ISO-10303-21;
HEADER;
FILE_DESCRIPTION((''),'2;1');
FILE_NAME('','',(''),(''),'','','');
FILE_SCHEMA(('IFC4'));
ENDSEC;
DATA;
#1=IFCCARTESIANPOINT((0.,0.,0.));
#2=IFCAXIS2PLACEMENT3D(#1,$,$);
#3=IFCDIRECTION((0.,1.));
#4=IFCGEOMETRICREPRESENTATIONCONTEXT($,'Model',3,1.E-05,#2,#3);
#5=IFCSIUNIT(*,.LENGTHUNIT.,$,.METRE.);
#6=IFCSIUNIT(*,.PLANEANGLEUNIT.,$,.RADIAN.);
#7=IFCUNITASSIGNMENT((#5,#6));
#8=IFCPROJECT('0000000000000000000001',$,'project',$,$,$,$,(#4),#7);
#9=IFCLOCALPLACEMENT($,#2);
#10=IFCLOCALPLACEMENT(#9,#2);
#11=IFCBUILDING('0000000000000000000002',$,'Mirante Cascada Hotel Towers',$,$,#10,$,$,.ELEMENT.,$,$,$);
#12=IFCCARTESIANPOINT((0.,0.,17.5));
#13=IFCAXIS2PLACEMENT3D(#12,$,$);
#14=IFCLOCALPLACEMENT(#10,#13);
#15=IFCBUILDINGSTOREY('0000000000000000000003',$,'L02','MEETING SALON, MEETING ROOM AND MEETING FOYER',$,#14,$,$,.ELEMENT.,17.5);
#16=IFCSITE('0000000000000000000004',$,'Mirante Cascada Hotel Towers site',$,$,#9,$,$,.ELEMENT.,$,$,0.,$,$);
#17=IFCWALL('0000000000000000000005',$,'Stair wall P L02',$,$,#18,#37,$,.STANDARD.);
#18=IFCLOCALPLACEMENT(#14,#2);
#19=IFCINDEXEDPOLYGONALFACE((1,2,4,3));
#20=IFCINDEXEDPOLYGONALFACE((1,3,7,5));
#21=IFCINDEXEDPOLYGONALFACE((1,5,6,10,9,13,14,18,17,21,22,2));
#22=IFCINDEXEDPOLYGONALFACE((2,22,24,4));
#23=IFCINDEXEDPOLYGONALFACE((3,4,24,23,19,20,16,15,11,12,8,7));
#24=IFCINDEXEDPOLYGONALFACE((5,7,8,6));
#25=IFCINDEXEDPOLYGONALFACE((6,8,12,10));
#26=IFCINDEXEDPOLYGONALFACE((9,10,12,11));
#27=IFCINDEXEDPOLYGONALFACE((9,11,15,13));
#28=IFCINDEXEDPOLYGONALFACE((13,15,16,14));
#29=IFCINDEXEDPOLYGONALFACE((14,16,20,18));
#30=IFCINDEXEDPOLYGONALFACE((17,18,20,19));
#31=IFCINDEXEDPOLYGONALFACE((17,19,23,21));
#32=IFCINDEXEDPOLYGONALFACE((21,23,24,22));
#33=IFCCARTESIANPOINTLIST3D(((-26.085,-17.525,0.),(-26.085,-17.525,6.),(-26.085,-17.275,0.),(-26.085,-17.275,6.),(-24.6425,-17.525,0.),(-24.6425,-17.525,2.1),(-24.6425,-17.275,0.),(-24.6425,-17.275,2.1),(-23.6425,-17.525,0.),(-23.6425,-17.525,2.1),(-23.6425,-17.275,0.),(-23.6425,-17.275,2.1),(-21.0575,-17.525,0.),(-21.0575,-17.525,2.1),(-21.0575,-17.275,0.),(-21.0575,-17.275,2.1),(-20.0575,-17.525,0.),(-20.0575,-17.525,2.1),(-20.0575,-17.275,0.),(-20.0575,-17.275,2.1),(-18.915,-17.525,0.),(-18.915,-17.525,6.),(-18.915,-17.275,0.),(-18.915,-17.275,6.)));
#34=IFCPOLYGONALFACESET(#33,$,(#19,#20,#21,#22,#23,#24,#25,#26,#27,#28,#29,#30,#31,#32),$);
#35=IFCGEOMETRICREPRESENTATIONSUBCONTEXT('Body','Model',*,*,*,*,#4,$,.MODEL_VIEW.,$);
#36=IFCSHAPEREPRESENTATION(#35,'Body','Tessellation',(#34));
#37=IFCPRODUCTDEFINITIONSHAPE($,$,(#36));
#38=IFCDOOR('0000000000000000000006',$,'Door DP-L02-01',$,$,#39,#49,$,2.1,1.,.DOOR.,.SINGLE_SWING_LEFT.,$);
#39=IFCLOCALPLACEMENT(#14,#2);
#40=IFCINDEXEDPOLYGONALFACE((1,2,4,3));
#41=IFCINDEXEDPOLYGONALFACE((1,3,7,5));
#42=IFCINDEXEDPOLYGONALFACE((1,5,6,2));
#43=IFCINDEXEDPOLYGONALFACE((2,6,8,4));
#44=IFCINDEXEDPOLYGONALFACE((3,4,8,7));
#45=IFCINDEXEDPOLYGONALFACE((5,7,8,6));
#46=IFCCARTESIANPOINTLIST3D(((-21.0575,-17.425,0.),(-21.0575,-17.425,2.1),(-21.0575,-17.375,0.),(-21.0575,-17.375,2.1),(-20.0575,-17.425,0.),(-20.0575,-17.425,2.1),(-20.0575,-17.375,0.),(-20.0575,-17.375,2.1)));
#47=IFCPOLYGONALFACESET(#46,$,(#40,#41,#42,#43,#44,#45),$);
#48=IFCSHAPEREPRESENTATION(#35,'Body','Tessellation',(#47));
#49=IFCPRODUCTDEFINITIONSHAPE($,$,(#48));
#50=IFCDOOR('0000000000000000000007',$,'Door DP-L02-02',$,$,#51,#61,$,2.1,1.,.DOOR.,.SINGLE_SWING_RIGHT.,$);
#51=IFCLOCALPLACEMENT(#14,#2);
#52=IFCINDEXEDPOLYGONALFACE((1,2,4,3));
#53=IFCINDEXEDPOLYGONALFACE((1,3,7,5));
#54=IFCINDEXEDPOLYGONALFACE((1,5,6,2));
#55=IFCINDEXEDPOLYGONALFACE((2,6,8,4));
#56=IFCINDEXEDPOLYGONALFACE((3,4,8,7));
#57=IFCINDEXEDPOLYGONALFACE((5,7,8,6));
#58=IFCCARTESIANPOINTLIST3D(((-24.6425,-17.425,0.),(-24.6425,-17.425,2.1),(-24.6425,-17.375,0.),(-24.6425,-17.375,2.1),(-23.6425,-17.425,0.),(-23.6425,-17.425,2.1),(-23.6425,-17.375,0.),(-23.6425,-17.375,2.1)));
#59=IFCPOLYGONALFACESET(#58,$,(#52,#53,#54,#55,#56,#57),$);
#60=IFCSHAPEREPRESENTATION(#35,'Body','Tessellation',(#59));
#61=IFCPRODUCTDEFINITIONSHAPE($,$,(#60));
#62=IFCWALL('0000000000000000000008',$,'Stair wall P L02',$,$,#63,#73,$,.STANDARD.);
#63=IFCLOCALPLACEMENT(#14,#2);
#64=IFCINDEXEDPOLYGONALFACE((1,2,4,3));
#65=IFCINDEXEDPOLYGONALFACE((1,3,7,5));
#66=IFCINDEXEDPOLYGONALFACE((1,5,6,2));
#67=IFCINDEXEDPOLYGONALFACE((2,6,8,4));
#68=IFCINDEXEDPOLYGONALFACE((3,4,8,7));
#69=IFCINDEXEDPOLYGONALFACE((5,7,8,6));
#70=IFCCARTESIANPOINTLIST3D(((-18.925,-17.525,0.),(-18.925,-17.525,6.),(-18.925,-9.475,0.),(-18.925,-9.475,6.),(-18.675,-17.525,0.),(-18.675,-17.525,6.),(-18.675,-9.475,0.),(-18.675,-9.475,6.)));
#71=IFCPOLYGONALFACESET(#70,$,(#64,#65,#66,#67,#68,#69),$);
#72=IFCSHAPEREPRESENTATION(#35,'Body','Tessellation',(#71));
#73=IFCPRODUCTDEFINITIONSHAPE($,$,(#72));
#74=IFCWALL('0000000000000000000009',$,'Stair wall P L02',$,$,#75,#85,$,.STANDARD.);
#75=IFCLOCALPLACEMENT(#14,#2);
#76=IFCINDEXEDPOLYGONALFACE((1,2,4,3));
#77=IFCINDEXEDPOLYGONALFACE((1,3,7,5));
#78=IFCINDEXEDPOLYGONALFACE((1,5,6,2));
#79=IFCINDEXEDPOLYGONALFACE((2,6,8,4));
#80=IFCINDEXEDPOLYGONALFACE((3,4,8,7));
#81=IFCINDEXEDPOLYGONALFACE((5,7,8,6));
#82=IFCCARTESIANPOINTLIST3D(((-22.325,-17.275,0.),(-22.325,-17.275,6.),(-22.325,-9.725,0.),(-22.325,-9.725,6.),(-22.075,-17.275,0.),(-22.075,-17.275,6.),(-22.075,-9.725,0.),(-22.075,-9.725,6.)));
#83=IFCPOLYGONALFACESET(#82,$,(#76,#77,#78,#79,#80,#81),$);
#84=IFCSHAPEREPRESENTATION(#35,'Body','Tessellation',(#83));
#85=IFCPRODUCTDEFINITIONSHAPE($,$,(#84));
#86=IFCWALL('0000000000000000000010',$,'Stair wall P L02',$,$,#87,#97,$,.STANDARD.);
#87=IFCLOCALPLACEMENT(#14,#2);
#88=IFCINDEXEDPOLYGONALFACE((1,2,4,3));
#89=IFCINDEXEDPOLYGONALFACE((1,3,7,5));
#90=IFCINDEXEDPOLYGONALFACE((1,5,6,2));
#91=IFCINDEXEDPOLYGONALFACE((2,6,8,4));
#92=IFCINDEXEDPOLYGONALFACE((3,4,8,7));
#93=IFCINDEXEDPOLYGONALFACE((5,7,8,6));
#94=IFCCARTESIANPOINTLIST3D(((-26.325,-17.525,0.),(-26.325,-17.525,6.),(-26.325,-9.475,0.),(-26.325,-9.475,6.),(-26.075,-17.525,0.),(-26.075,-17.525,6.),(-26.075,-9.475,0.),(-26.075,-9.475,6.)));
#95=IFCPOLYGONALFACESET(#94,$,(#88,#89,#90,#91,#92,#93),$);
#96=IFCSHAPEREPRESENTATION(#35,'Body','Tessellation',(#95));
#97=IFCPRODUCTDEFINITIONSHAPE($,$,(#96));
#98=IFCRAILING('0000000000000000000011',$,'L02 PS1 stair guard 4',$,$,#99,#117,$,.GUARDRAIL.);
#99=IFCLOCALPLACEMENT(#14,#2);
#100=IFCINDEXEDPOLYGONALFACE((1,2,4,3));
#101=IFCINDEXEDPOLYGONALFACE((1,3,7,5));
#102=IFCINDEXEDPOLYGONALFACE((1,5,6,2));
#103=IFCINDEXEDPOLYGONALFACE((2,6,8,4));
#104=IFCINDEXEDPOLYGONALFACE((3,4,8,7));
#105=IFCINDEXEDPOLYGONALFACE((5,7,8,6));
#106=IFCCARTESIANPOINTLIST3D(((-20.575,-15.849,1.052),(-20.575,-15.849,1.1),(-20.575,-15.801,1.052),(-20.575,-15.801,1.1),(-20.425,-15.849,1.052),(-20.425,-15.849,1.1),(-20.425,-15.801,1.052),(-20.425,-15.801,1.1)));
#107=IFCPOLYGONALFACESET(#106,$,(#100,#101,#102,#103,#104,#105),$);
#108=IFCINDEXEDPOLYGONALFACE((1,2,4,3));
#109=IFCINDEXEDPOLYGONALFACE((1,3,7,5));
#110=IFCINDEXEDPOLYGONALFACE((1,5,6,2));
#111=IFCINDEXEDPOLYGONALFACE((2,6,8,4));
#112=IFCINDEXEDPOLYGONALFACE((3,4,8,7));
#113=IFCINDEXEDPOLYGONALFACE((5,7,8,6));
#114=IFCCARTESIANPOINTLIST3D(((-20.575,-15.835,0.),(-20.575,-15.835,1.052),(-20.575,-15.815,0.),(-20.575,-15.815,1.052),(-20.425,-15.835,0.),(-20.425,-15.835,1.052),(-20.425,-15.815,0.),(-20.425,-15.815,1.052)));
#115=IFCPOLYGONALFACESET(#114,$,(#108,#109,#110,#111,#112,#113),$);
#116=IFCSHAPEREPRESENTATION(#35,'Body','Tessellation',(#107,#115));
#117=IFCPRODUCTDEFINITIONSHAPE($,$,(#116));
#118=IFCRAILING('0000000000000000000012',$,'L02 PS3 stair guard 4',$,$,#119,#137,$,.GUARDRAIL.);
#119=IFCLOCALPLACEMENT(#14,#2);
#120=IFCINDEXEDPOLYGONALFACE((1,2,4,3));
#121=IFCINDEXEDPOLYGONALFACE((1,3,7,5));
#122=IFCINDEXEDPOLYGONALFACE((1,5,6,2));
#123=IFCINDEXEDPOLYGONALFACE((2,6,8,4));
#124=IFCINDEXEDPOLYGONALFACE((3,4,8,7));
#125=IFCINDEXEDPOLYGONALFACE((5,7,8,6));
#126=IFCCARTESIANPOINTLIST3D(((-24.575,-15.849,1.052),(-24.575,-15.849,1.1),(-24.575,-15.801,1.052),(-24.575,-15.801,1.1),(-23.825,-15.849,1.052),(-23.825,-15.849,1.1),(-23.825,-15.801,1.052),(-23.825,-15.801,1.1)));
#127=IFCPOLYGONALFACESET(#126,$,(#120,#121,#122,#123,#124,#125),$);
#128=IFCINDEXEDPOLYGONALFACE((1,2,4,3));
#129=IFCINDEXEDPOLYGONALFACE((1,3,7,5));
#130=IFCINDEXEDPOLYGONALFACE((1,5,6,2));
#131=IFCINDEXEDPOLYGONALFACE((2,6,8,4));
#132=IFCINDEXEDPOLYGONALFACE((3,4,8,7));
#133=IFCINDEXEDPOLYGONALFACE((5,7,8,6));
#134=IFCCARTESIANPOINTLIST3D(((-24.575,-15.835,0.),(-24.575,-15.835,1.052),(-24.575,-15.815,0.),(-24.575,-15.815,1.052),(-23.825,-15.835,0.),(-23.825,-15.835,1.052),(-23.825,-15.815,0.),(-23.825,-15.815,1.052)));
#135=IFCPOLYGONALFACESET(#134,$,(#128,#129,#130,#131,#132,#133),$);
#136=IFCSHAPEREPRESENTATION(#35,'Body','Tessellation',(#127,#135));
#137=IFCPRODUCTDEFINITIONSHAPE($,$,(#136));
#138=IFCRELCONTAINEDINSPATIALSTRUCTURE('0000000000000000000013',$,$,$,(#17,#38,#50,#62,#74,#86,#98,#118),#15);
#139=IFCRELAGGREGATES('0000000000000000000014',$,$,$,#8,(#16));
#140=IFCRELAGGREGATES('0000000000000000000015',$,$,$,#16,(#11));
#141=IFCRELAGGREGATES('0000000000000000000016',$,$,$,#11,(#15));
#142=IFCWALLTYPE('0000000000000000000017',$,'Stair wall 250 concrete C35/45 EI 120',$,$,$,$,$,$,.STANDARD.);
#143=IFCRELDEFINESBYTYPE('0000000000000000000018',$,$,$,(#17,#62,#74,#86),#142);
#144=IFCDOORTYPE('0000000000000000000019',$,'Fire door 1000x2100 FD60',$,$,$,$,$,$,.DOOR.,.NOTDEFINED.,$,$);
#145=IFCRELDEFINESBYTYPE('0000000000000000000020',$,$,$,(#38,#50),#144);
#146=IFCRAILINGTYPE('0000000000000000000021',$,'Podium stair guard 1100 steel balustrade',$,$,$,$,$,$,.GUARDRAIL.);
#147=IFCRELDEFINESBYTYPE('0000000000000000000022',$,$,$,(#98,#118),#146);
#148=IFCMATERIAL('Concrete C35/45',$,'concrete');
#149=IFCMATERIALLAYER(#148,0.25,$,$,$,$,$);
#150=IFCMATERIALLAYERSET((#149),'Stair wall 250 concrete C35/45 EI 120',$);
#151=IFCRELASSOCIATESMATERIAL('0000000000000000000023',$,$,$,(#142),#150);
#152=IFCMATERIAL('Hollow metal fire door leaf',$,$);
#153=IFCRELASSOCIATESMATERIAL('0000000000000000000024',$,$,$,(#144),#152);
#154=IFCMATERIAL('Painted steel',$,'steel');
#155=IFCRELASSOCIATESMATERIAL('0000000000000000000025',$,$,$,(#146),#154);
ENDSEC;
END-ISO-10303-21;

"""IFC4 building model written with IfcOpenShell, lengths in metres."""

from ifc_helpers import new_model, si_unit, direction, frame, frame_2d, origin, origin_2d, place, context, subcontext, project, spatial, rectangle, extrude, material, layer, layer_set, type_object, element, fill, save


model = new_model("IFC4")

# Units and contexts
model_context = context("Model", 3, precision=1e-05, world=origin(), true_north=direction((0.0, 1.0)))
body_context = subcontext(model_context, "Body", "Model", "MODEL_VIEW")
ifc_project = project(units=[si_unit("LENGTHUNIT", "METRE"), si_unit("PLANEANGLEUNIT", "RADIAN")], contexts=[model_context])

# Site, building, storey
site_placement = place(None, origin())
site = spatial("IfcSite", under=ifc_project, at=site_placement, Name="Mirante Cascada Hotel Towers site", CompositionType="ELEMENT", RefElevation=0.0)
building_placement = place(site_placement, origin())
building = spatial("IfcBuilding", under=site, at=building_placement, Name="Mirante Cascada Hotel Towers", CompositionType="ELEMENT")
storey_placement = place(building_placement, frame((0.0, 0.0, 17.5)))
storey = spatial("IfcBuildingStorey", under=building, at=storey_placement, Name="L02", Description="MEETING SALON, MEETING ROOM AND MEETING FOYER", CompositionType="ELEMENT", Elevation=17.5)

# Wall, openings, doors
ifc_material_1 = material(Name="Concrete C35/45", Category="concrete")
ifc_layer_1 = layer(ifc_material_1, 0.25)
ifc_layer_set_1 = layer_set([ifc_layer_1], Name="Stair wall 250 concrete C35/45 EI 120")
wall_type_1 = type_object("IfcWallType", Name="Stair wall 250 concrete C35/45 EI 120", PredefinedType="STANDARD", material=ifc_layer_set_1)
wall_1_placement = place(storey_placement, frame((-26.085, -17.4, 0.0), z_axis=(0.0, 0.0, 1.0), x_axis=(1.0, 0.0, 0.0)))
wall_1 = element("IfcWall", 1, at=wall_1_placement, inside=storey, type_object=wall_type_1, Name="Stair wall P L02", PredefinedType="STANDARD", context=body_context, shape_type="SweptSolid", body=[
    extrude(rectangle(XDim=7.17, YDim=0.25, at=frame_2d((3.585, 0.0))), origin(), (0.0, 0.0, 1.0), 6.0),
])
opening_1_placement = place(wall_1_placement, frame((5.0275, 0.0, 0.0)))
opening_1 = element("IfcOpeningElement", 2, at=opening_1_placement, cuts=wall_1, PredefinedType="OPENING", context=body_context, shape_type="SweptSolid", body=[
    extrude(rectangle(XDim=1.0, YDim=2.1, at=frame_2d((0.5, 1.05))), frame((0.0, 0.125, 0.0), z_axis=(0.0, -1.0, 0.0), x_axis=(1.0, 0.0, 0.0)), (0.0, 0.0, 1.0), 0.25),
])
opening_2_placement = place(wall_1_placement, frame((1.4425, 0.0, 0.0)))
opening_2 = element("IfcOpeningElement", 3, at=opening_2_placement, cuts=wall_1, PredefinedType="OPENING", context=body_context, shape_type="SweptSolid", body=[
    extrude(rectangle(XDim=1.0, YDim=2.1, at=frame_2d((0.5, 1.05))), frame((0.0, 0.125, 0.0), z_axis=(0.0, -1.0, 0.0), x_axis=(1.0, 0.0, 0.0)), (0.0, 0.0, 1.0), 0.25),
])
ifc_material_2 = material(Name="Hollow metal fire door leaf")
door_type_1 = type_object("IfcDoorType", Name="Fire door 1000x2100 FD60", OperationType="NOTDEFINED", PredefinedType="DOOR", material=ifc_material_2)
door_1_placement = place(opening_1_placement, origin())
door_1 = element("IfcDoor", 4, at=door_1_placement, inside=storey, type_object=door_type_1, Name="Door DP-L02-01", OperationType="SINGLE_SWING_LEFT", OverallHeight=2.1, OverallWidth=1.0, PredefinedType="DOOR", context=body_context, shape_type="SweptSolid", body=[
    extrude(rectangle(XDim=1.0, YDim=2.1, at=frame_2d((0.5, 1.05))), frame((0.0, 0.025, 0.0), z_axis=(0.0, -1.0, 0.0), x_axis=(1.0, 0.0, 0.0)), (0.0, 0.0, 1.0), 0.05),
])
fill(opening_1, door_1)
door_2_placement = place(opening_2_placement, origin())
door_2 = element("IfcDoor", 5, at=door_2_placement, inside=storey, type_object=door_type_1, Name="Door DP-L02-02", OperationType="SINGLE_SWING_RIGHT", OverallHeight=2.1, OverallWidth=1.0, PredefinedType="DOOR", context=body_context, shape_type="SweptSolid", body=[
    extrude(rectangle(XDim=1.0, YDim=2.1, at=frame_2d((0.5, 1.05))), frame((0.0, 0.025, 0.0), z_axis=(0.0, -1.0, 0.0), x_axis=(1.0, 0.0, 0.0)), (0.0, 0.0, 1.0), 0.05),
])
fill(opening_2, door_2)

# Walls
wall_2_placement = place(storey_placement, frame((-18.8, -17.525, 0.0), z_axis=(0.0, 0.0, 1.0), x_axis=(0.0, 1.0, 0.0)))
element("IfcWall", 6, at=wall_2_placement, inside=storey, type_object=wall_type_1, Name="Stair wall P L02", PredefinedType="STANDARD", context=body_context, shape_type="SweptSolid", body=[
    extrude(rectangle(XDim=8.05, YDim=0.25, at=frame_2d((4.025, 0.0))), origin(), (0.0, 0.0, 1.0), 6.0),
])
wall_3_placement = place(storey_placement, frame((-22.2, -17.275, 0.0), z_axis=(0.0, 0.0, 1.0), x_axis=(0.0, 1.0, 0.0)))
element("IfcWall", 7, at=wall_3_placement, inside=storey, type_object=wall_type_1, Name="Stair wall P L02", PredefinedType="STANDARD", context=body_context, shape_type="SweptSolid", body=[
    extrude(rectangle(XDim=7.55, YDim=0.25, at=frame_2d((3.775, 0.0))), origin(), (0.0, 0.0, 1.0), 6.0),
])
wall_4_placement = place(storey_placement, frame((-26.2, -17.525, 0.0), z_axis=(0.0, 0.0, 1.0), x_axis=(0.0, 1.0, 0.0)))
element("IfcWall", 8, at=wall_4_placement, inside=storey, type_object=wall_type_1, Name="Stair wall P L02", PredefinedType="STANDARD", context=body_context, shape_type="SweptSolid", body=[
    extrude(rectangle(XDim=8.05, YDim=0.25, at=frame_2d((4.025, 0.0))), origin(), (0.0, 0.0, 1.0), 6.0),
])

# Railings
ifc_material_3 = material(Name="Painted steel", Category="steel")
railing_type = type_object("IfcRailingType", Name="Podium stair guard 1100 steel balustrade", PredefinedType="GUARDRAIL", material=ifc_material_3)
railing_1_placement = place(storey_placement, frame((-20.425, -15.825, 0.0)))
element("IfcRailing", 9, at=railing_1_placement, inside=storey, type_object=railing_type, Name="L02 PS1 stair guard 4", PredefinedType="GUARDRAIL", context=body_context, shape_type="SweptSolid", body=[
    extrude(rectangle(XDim=0.048, YDim=0.048, at=origin_2d()), frame((0.0, 0.0, 1.076), z_axis=(-1.0, 0.0, 0.0), x_axis=(0.0, -1.0, 0.0)), (0.0, 0.0, 1.0), 0.15),
    extrude(rectangle(XDim=0.02, YDim=1.052, at=origin_2d()), frame((0.0, 0.0, 0.526), z_axis=(-1.0, 0.0, 0.0), x_axis=(0.0, -1.0, 0.0)), (0.0, 0.0, 1.0), 0.15),
])
railing_2_placement = place(storey_placement, frame((-23.825, -15.825, 0.0)))
element("IfcRailing", 10, at=railing_2_placement, inside=storey, type_object=railing_type, Name="L02 PS3 stair guard 4", PredefinedType="GUARDRAIL", context=body_context, shape_type="SweptSolid", body=[
    extrude(rectangle(XDim=0.048, YDim=0.048, at=origin_2d()), frame((0.0, 0.0, 1.076), z_axis=(-1.0, 0.0, 0.0), x_axis=(0.0, -1.0, 0.0)), (0.0, 0.0, 1.0), 0.75),
    extrude(rectangle(XDim=0.02, YDim=1.052, at=origin_2d()), frame((0.0, 0.0, 0.526), z_axis=(-1.0, 0.0, 0.0), x_axis=(0.0, -1.0, 0.0)), (0.0, 0.0, 1.0), 0.75),
])

save(model, "model.ifc")
